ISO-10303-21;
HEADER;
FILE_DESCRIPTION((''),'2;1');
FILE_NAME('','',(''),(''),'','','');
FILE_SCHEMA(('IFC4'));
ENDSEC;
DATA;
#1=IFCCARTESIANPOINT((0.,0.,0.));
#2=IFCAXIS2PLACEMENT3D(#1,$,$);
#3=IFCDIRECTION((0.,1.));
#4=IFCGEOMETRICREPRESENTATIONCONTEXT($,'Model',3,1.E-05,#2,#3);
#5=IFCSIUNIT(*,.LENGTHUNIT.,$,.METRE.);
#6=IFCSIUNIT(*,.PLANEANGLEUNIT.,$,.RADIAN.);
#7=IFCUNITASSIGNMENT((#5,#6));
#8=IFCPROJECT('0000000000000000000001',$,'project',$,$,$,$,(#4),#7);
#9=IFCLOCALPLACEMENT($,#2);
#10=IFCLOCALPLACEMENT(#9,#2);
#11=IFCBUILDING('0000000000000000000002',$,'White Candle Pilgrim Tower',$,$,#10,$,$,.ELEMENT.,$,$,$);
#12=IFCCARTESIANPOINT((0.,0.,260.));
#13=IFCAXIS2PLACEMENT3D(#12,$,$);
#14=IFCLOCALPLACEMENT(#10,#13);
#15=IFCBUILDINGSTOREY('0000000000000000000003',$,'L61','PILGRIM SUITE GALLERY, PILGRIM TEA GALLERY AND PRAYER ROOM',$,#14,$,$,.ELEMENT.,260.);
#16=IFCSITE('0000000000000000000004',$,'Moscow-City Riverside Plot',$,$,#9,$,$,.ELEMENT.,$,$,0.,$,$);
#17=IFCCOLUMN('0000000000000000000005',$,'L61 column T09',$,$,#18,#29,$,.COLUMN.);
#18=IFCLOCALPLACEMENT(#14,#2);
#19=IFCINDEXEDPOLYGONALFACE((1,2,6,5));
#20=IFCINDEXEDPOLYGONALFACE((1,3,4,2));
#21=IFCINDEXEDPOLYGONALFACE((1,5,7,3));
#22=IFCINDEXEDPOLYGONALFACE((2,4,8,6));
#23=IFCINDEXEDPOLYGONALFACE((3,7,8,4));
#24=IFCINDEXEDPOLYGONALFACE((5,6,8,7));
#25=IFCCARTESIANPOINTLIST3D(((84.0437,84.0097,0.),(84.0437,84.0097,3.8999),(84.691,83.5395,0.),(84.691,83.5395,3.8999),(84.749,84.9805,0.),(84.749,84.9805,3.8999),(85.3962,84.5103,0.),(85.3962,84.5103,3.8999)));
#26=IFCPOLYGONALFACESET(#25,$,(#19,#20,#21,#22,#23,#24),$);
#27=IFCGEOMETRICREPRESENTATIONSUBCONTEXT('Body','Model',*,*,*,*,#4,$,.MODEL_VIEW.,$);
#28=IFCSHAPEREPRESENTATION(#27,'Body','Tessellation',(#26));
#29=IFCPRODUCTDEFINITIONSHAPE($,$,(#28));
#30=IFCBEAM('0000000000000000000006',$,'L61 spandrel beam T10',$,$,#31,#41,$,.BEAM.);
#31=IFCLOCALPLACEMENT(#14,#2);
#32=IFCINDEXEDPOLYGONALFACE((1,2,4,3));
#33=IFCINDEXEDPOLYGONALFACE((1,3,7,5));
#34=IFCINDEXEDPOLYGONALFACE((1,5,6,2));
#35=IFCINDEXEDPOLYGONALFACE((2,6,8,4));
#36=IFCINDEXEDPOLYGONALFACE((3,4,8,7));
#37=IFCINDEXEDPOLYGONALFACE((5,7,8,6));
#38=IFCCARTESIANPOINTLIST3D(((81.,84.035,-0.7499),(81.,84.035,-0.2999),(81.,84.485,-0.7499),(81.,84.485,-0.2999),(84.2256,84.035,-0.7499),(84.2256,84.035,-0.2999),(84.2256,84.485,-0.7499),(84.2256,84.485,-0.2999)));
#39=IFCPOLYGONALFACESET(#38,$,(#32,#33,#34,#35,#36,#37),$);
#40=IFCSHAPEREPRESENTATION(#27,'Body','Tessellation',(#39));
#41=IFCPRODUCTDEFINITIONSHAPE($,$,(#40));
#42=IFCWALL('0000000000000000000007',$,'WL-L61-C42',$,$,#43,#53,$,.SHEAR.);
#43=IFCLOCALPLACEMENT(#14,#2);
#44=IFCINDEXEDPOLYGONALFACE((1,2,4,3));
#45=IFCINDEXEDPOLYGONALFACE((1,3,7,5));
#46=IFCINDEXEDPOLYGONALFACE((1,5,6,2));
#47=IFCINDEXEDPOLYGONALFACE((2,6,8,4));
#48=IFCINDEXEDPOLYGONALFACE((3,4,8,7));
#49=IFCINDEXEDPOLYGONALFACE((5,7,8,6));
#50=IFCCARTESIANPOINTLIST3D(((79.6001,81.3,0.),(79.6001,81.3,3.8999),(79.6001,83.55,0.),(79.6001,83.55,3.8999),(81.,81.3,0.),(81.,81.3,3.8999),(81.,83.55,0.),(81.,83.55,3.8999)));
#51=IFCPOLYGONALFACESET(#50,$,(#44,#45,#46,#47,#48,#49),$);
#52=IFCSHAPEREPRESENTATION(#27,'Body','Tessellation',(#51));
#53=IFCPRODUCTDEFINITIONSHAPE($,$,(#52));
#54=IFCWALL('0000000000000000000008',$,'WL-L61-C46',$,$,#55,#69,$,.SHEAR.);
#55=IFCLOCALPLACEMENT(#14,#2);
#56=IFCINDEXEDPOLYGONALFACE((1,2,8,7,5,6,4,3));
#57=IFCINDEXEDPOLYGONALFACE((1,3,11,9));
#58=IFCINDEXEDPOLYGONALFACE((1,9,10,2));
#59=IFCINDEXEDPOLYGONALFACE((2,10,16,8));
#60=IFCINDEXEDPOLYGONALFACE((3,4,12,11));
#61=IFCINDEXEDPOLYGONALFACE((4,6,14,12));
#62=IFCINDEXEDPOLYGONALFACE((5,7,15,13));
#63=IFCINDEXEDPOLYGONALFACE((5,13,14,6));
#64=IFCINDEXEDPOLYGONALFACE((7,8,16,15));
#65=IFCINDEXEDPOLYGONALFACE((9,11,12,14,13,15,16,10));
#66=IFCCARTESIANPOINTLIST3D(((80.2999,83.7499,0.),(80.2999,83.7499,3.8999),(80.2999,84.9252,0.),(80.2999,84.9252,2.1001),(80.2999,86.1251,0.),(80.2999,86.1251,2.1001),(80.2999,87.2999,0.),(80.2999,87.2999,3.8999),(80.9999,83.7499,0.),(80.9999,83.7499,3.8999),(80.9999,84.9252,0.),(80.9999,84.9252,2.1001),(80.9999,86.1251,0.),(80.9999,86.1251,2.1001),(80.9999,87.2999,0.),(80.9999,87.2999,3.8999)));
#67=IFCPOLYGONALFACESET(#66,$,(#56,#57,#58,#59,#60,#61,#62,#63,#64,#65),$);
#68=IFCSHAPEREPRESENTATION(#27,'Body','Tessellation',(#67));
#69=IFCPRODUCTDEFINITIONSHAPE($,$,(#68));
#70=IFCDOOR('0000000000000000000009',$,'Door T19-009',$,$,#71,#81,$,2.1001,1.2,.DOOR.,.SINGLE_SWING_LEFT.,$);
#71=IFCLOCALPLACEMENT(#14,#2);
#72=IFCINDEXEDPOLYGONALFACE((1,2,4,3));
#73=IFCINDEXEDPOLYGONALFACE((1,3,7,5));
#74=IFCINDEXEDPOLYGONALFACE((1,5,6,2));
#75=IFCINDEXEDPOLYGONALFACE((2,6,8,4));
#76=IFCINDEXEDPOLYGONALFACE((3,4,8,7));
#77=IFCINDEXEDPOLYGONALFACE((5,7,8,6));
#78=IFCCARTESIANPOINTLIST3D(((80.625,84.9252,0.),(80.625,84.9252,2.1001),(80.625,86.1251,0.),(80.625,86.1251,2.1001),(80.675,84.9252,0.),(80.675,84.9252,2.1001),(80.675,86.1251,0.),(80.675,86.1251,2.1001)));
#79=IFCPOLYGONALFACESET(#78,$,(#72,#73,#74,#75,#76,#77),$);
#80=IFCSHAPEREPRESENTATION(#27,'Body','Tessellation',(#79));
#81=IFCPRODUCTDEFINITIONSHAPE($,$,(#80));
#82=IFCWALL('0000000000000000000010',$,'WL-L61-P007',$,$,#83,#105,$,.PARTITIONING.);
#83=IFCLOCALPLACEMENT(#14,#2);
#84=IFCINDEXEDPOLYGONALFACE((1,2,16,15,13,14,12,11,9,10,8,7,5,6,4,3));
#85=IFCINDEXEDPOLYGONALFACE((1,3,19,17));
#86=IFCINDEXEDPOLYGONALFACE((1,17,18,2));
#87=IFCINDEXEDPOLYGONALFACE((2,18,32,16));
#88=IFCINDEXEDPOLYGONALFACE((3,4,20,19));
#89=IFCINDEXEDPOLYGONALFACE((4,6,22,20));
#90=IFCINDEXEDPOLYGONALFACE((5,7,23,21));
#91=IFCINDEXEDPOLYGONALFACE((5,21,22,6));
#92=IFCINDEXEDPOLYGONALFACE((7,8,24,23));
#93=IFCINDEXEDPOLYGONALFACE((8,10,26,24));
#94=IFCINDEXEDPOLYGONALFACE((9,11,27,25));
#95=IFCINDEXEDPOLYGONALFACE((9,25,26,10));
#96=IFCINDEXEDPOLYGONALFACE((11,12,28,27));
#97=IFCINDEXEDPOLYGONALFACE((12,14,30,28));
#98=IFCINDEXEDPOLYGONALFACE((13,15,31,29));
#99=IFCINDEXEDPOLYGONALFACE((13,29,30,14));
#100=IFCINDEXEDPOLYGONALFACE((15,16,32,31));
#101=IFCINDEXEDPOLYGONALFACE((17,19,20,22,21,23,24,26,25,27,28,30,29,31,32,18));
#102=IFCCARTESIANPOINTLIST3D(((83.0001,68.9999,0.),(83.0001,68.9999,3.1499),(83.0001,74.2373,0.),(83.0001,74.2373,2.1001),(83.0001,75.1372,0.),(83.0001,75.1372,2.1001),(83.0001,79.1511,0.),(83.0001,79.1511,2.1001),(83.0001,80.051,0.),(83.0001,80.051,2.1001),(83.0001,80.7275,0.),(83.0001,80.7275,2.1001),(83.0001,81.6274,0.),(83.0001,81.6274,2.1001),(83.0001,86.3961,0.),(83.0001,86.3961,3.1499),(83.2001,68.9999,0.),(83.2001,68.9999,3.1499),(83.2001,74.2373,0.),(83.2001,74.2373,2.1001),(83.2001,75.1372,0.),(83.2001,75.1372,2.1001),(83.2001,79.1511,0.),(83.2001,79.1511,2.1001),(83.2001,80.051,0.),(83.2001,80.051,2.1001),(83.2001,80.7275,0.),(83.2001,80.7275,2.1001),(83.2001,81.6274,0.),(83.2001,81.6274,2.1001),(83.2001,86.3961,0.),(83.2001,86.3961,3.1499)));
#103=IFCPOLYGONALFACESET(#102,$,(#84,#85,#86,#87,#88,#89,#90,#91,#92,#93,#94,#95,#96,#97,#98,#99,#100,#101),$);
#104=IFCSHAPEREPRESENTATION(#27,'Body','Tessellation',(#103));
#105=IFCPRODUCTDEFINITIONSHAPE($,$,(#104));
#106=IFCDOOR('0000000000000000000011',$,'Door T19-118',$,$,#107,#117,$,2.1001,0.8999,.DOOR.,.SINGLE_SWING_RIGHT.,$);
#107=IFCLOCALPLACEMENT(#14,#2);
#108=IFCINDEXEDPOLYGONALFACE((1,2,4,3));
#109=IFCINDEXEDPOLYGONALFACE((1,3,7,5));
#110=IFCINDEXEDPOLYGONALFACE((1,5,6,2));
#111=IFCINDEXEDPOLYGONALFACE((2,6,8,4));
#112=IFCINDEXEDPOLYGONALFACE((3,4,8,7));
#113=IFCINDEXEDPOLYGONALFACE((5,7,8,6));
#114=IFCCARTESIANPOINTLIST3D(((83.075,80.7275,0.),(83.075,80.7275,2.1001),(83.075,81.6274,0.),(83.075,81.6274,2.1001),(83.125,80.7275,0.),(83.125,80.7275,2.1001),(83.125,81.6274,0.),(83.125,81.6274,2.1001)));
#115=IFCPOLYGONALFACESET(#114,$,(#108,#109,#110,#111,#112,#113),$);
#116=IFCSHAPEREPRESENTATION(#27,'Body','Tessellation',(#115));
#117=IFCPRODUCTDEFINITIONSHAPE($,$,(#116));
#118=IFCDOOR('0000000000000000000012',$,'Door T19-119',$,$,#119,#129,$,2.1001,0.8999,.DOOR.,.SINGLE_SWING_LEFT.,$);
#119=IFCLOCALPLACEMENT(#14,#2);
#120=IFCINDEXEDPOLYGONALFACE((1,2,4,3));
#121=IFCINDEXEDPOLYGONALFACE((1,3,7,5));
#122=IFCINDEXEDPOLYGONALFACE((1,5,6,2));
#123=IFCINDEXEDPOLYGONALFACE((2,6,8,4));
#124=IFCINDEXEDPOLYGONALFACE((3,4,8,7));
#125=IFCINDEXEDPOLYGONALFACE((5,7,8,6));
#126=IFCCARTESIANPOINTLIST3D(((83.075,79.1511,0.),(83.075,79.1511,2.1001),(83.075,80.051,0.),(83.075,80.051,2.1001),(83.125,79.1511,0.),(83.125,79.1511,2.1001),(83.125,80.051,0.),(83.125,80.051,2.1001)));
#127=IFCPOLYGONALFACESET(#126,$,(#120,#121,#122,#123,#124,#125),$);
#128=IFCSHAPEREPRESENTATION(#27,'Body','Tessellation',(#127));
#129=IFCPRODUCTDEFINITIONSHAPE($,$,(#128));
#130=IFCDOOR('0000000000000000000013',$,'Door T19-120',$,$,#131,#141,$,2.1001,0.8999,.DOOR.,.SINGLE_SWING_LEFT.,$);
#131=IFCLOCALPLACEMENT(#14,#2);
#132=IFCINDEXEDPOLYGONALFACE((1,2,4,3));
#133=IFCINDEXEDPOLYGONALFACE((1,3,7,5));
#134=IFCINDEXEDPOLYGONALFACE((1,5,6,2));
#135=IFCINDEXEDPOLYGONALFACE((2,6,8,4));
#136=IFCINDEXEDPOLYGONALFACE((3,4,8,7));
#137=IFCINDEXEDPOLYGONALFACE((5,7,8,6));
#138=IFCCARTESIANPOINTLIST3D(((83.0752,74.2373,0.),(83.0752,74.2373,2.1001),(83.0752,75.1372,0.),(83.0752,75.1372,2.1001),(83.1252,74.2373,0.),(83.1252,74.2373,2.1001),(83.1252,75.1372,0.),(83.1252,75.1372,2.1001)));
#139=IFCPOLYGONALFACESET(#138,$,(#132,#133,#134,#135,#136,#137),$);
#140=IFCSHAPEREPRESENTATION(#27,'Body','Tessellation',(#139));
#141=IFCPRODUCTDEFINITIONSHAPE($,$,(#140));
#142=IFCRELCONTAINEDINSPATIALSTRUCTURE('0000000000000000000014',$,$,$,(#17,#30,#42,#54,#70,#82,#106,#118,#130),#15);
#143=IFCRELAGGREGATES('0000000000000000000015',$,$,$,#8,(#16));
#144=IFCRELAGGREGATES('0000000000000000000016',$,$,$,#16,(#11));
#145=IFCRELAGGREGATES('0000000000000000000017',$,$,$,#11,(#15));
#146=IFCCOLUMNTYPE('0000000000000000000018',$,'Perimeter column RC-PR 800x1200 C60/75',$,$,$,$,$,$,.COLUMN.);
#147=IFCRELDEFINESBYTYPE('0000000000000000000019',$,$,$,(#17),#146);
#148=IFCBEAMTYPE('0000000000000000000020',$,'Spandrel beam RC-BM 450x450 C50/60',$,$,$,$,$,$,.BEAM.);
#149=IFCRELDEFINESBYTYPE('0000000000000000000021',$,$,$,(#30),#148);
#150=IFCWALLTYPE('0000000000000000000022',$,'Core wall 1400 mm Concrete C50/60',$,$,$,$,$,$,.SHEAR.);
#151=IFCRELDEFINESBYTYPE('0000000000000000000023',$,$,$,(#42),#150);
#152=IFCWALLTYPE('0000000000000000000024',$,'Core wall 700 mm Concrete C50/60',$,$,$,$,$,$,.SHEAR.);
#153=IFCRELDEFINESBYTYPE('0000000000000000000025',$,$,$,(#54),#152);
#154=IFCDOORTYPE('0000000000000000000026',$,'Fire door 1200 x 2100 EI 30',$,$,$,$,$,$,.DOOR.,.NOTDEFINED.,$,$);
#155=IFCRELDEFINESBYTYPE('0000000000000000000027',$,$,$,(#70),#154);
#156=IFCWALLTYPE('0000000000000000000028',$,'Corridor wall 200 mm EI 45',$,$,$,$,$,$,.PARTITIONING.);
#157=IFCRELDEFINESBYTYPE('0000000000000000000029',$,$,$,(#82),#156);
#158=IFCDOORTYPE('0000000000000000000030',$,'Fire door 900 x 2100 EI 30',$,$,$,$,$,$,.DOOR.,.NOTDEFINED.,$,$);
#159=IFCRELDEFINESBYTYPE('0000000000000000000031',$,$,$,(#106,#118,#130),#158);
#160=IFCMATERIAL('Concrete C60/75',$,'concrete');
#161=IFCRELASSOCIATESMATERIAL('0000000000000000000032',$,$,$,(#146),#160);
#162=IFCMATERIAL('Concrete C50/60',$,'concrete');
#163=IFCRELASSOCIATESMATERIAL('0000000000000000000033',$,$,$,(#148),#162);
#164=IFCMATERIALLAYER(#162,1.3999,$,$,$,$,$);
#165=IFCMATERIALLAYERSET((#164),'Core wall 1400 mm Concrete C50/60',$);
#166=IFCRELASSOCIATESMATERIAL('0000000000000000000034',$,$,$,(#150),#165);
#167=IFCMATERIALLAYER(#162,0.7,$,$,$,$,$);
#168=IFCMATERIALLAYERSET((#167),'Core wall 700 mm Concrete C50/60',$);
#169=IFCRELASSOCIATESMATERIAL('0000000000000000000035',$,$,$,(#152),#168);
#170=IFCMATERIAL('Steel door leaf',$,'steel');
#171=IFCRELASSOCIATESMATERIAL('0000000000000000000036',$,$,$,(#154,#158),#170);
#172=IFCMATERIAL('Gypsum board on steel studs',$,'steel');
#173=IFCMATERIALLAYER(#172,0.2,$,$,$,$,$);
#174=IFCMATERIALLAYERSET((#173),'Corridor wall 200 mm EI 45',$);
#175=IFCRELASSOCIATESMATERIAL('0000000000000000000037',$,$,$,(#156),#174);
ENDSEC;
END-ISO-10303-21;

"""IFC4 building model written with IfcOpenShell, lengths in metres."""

from ifc_helpers import new_model, si_unit, direction, frame, frame_2d, origin, origin_2d, place, context, subcontext, project, spatial, rectangle, extrude, material, layer, layer_set, material_profile, profile_set, type_object, element, fill, save


model = new_model("IFC4")

# Units and contexts
model_context = context("Model", 3, precision=1e-05, world=origin(), true_north=direction((0.0, 1.0)))
body_context = subcontext(model_context, "Body", "Model", "MODEL_VIEW")
ifc_project = project(units=[si_unit("LENGTHUNIT", "METRE"), si_unit("PLANEANGLEUNIT", "RADIAN")], contexts=[model_context])

# Site, building, storey
site_placement = place(None, origin())
site = spatial("IfcSite", under=ifc_project, at=site_placement, Name="Moscow-City Riverside Plot", CompositionType="ELEMENT", RefElevation=0.0)
building_placement = place(site_placement, origin())
building = spatial("IfcBuilding", under=site, at=building_placement, Name="White Candle Pilgrim Tower", CompositionType="ELEMENT")
storey_placement = place(building_placement, frame((0.0, 0.0, 260.0)))
storey = spatial("IfcBuildingStorey", under=building, at=storey_placement, Name="L61", Description="PILGRIM SUITE GALLERY, PILGRIM TEA GALLERY AND PRAYER ROOM", CompositionType="ELEMENT", Elevation=260.0)

# Column
ifc_material_1 = material(Name="Concrete C60/75", Category="concrete")
ifc_material_profile_1 = material_profile(ifc_material_1, rectangle(XDim=0.8, YDim=1.2, at=origin_2d()), Name="RC-PR 800x1200")
ifc_profile_set_1 = profile_set([ifc_material_profile_1], Name="Concrete C60/75")
column_type = type_object("IfcColumnType", Name="Perimeter column RC-PR 800x1200 C60/75", PredefinedType="COLUMN", material=ifc_profile_set_1)
column_placement = place(storey_placement, frame((84.72, 84.26, 0.0), z_axis=(0.0, 0.0, 1.0), x_axis=(0.809027, -0.587771, 0.0)))
element("IfcColumn", 1, at=column_placement, inside=storey, type_object=column_type, Name="L61 column T09", PredefinedType="COLUMN", context=body_context, shape_type="SweptSolid", body=[
    extrude(rectangle(XDim=0.8, YDim=1.2, at=origin_2d()), origin(), (0.0, 0.0, 1.0), 3.8999),
])

# Beam
ifc_material_2 = material(Name="Concrete C50/60", Category="concrete")
ifc_material_profile_2 = material_profile(ifc_material_2, rectangle(XDim=0.45, YDim=0.45, at=origin_2d()), Name="RC-BM 450x450")
ifc_profile_set_2 = profile_set([ifc_material_profile_2], Name="Concrete C50/60")
beam_type = type_object("IfcBeamType", Name="Spandrel beam RC-BM 450x450 C50/60", PredefinedType="BEAM", material=ifc_profile_set_2)
beam_placement = place(storey_placement, frame((84.2256, 84.26, -0.5249), z_axis=(-1.0, 0.0, 0.0), x_axis=(0.0, -1.0, 0.0)))
element("IfcBeam", 2, at=beam_placement, inside=storey, type_object=beam_type, Name="L61 spandrel beam T10", PredefinedType="BEAM", context=body_context, shape_type="SweptSolid", body=[
    extrude(rectangle(XDim=0.45, YDim=0.45, at=origin_2d()), origin(), (0.0, 0.0, 1.0), 3.2256),
])

# Wall
ifc_layer_1 = layer(ifc_material_2, 1.3999)
ifc_layer_set_1 = layer_set([ifc_layer_1], Name="Core wall 1400 mm Concrete C50/60")
wall_type_1 = type_object("IfcWallType", Name="Core wall 1400 mm Concrete C50/60", PredefinedType="SHEAR", material=ifc_layer_set_1)
wall_1_placement = place(storey_placement, frame((80.3, 81.3, 0.0), z_axis=(0.0, 0.0, 1.0), x_axis=(0.0, 1.0, 0.0)))
element("IfcWall", 3, at=wall_1_placement, inside=storey, type_object=wall_type_1, Name="WL-L61-C42", PredefinedType="SHEAR", context=body_context, shape_type="SweptSolid", body=[
    extrude(rectangle(XDim=2.25, YDim=1.3999, at=frame_2d((1.125, 0.0))), origin(), (0.0, 0.0, 1.0), 3.8999),
])

# Wall, opening, door
ifc_layer_2 = layer(ifc_material_2, 0.7)
ifc_layer_set_2 = layer_set([ifc_layer_2], Name="Core wall 700 mm Concrete C50/60")
wall_type_2 = type_object("IfcWallType", Name="Core wall 700 mm Concrete C50/60", PredefinedType="SHEAR", material=ifc_layer_set_2)
wall_2_placement = place(storey_placement, frame((80.6499, 83.75, 0.0), z_axis=(0.0, 0.0, 1.0), x_axis=(0.0, 1.0, 0.0)))
wall_2 = element("IfcWall", 4, at=wall_2_placement, inside=storey, type_object=wall_type_2, Name="WL-L61-C46", PredefinedType="SHEAR", context=body_context, shape_type="SweptSolid", body=[
    extrude(rectangle(XDim=3.55, YDim=0.7, at=frame_2d((1.7749, 0.0))), origin(), (0.0, 0.0, 1.0), 3.8999),
])
opening_1_placement = place(wall_2_placement, frame((1.175, 0.0, 0.0)))
opening_1 = element("IfcOpeningElement", 5, at=opening_1_placement, cuts=wall_2, PredefinedType="OPENING", context=body_context, shape_type="SweptSolid", body=[
    extrude(rectangle(XDim=1.2, YDim=2.1001, at=frame_2d((0.6001, 1.05))), frame((0.0, 0.3599, 0.0), z_axis=(0.0, -1.0, 0.0), x_axis=(1.0, 0.0, 0.0)), (0.0, 0.0, 1.0), 0.72),
])
ifc_material_3 = material(Name="Steel door leaf", Category="steel")
door_type_1 = type_object("IfcDoorType", Name="Fire door 1200 x 2100 EI 30", OperationType="NOTDEFINED", PredefinedType="DOOR", material=ifc_material_3)
door_1_placement = place(opening_1_placement, origin())
door_1 = element("IfcDoor", 6, at=door_1_placement, inside=storey, type_object=door_type_1, Name="Door T19-009", OperationType="SINGLE_SWING_LEFT", OverallHeight=2.1001, OverallWidth=1.2, PredefinedType="DOOR", context=body_context, shape_type="SweptSolid", body=[
    extrude(rectangle(XDim=1.2, YDim=2.1001, at=frame_2d((0.6001, 1.05))), frame((0.0, 0.0249, 0.0), z_axis=(0.0, -1.0, 0.0), x_axis=(1.0, 0.0, 0.0)), (0.0, 0.0, 1.0), 0.05),
])
fill(opening_1, door_1)

# Wall, openings, doors
ifc_material_4 = material(Name="Gypsum board on steel studs", Category="steel")
ifc_layer_3 = layer(ifc_material_4, 0.2)
ifc_layer_set_3 = layer_set([ifc_layer_3], Name="Corridor wall 200 mm EI 45")
wall_type_3 = type_object("IfcWallType", Name="Corridor wall 200 mm EI 45", PredefinedType="PARTITIONING", material=ifc_layer_set_3)
wall_3_placement = place(storey_placement, frame((83.1001, 86.3962, 0.0), z_axis=(0.0, 0.0, 1.0), x_axis=(0.0, -1.0, 0.0)))
wall_3 = element("IfcWall", 7, at=wall_3_placement, inside=storey, type_object=wall_type_3, Name="WL-L61-P007", PredefinedType="PARTITIONING", context=body_context, shape_type="SweptSolid", body=[
    extrude(rectangle(XDim=17.3962, YDim=0.2, at=frame_2d((8.6982, 0.0))), origin(), (0.0, 0.0, 1.0), 3.1499),
])
opening_2_placement = place(wall_3_placement, frame((4.7688, 0.0, 0.0)))
opening_2 = element("IfcOpeningElement", 8, at=opening_2_placement, cuts=wall_3, PredefinedType="OPENING", context=body_context, shape_type="SweptSolid", body=[
    extrude(rectangle(XDim=0.8999, YDim=2.1001, at=frame_2d((0.45, 1.05))), frame((0.0, 0.1099, 0.0), z_axis=(0.0, -1.0, 0.0), x_axis=(1.0, 0.0, 0.0)), (0.0, 0.0, 1.0), 0.22),
])
opening_3_placement = place(wall_3_placement, frame((6.3452, 0.0, 0.0)))
opening_3 = element("IfcOpeningElement", 9, at=opening_3_placement, cuts=wall_3, PredefinedType="OPENING", context=body_context, shape_type="SweptSolid", body=[
    extrude(rectangle(XDim=0.8999, YDim=2.1001, at=frame_2d((0.45, 1.05))), frame((0.0, 0.1099, 0.0), z_axis=(0.0, -1.0, 0.0), x_axis=(1.0, 0.0, 0.0)), (0.0, 0.0, 1.0), 0.22),
])
opening_4_placement = place(wall_3_placement, frame((11.259, 0.0, 0.0)))
opening_4 = element("IfcOpeningElement", 10, at=opening_4_placement, cuts=wall_3, PredefinedType="OPENING", context=body_context, shape_type="SweptSolid", body=[
    extrude(rectangle(XDim=0.8999, YDim=2.1001, at=frame_2d((0.45, 1.05))), frame((0.0, 0.1099, 0.0), z_axis=(0.0, -1.0, 0.0), x_axis=(1.0, 0.0, 0.0)), (0.0, 0.0, 1.0), 0.22),
])
door_type_2 = type_object("IfcDoorType", Name="Fire door 900 x 2100 EI 30", OperationType="NOTDEFINED", PredefinedType="DOOR", material=ifc_material_3)
door_2_placement = place(opening_2_placement, origin())
door_2 = element("IfcDoor", 11, at=door_2_placement, inside=storey, type_object=door_type_2, Name="Door T19-118", OperationType="SINGLE_SWING_RIGHT", OverallHeight=2.1001, OverallWidth=0.8999, PredefinedType="DOOR", context=body_context, shape_type="SweptSolid", body=[
    extrude(rectangle(XDim=0.8999, YDim=2.1001, at=frame_2d((0.45, 1.05))), frame((0.0, 0.0249, 0.0), z_axis=(0.0, -1.0, 0.0), x_axis=(1.0, 0.0, 0.0)), (0.0, 0.0, 1.0), 0.05),
])
fill(opening_2, door_2)
door_3_placement = place(opening_3_placement, origin())
door_3 = element("IfcDoor", 12, at=door_3_placement, inside=storey, type_object=door_type_2, Name="Door T19-119", OperationType="SINGLE_SWING_LEFT", OverallHeight=2.1001, OverallWidth=0.8999, PredefinedType="DOOR", context=body_context, shape_type="SweptSolid", body=[
    extrude(rectangle(XDim=0.8999, YDim=2.1001, at=frame_2d((0.45, 1.05))), frame((0.0, 0.0249, 0.0), z_axis=(0.0, -1.0, 0.0), x_axis=(1.0, 0.0, 0.0)), (0.0, 0.0, 1.0), 0.05),
])
fill(opening_3, door_3)
door_4_placement = place(opening_4_placement, frame((0.8999, 0.0, 0.0), z_axis=(0.0, 0.0, 1.0), x_axis=(-1.0, 0.0, 0.0)))
door_4 = element("IfcDoor", 13, at=door_4_placement, inside=storey, type_object=door_type_2, Name="Door T19-120", OperationType="SINGLE_SWING_LEFT", OverallHeight=2.1001, OverallWidth=0.8999, PredefinedType="DOOR", context=body_context, shape_type="SweptSolid", body=[
    extrude(rectangle(XDim=0.8999, YDim=2.1001, at=frame_2d((0.45, 1.05))), frame((0.0, 0.0249, 0.0), z_axis=(0.0, -1.0, 0.0), x_axis=(1.0, 0.0, 0.0)), (0.0, 0.0, 1.0), 0.05),
])
fill(opening_4, door_4)

save(model, "model.ifc")
